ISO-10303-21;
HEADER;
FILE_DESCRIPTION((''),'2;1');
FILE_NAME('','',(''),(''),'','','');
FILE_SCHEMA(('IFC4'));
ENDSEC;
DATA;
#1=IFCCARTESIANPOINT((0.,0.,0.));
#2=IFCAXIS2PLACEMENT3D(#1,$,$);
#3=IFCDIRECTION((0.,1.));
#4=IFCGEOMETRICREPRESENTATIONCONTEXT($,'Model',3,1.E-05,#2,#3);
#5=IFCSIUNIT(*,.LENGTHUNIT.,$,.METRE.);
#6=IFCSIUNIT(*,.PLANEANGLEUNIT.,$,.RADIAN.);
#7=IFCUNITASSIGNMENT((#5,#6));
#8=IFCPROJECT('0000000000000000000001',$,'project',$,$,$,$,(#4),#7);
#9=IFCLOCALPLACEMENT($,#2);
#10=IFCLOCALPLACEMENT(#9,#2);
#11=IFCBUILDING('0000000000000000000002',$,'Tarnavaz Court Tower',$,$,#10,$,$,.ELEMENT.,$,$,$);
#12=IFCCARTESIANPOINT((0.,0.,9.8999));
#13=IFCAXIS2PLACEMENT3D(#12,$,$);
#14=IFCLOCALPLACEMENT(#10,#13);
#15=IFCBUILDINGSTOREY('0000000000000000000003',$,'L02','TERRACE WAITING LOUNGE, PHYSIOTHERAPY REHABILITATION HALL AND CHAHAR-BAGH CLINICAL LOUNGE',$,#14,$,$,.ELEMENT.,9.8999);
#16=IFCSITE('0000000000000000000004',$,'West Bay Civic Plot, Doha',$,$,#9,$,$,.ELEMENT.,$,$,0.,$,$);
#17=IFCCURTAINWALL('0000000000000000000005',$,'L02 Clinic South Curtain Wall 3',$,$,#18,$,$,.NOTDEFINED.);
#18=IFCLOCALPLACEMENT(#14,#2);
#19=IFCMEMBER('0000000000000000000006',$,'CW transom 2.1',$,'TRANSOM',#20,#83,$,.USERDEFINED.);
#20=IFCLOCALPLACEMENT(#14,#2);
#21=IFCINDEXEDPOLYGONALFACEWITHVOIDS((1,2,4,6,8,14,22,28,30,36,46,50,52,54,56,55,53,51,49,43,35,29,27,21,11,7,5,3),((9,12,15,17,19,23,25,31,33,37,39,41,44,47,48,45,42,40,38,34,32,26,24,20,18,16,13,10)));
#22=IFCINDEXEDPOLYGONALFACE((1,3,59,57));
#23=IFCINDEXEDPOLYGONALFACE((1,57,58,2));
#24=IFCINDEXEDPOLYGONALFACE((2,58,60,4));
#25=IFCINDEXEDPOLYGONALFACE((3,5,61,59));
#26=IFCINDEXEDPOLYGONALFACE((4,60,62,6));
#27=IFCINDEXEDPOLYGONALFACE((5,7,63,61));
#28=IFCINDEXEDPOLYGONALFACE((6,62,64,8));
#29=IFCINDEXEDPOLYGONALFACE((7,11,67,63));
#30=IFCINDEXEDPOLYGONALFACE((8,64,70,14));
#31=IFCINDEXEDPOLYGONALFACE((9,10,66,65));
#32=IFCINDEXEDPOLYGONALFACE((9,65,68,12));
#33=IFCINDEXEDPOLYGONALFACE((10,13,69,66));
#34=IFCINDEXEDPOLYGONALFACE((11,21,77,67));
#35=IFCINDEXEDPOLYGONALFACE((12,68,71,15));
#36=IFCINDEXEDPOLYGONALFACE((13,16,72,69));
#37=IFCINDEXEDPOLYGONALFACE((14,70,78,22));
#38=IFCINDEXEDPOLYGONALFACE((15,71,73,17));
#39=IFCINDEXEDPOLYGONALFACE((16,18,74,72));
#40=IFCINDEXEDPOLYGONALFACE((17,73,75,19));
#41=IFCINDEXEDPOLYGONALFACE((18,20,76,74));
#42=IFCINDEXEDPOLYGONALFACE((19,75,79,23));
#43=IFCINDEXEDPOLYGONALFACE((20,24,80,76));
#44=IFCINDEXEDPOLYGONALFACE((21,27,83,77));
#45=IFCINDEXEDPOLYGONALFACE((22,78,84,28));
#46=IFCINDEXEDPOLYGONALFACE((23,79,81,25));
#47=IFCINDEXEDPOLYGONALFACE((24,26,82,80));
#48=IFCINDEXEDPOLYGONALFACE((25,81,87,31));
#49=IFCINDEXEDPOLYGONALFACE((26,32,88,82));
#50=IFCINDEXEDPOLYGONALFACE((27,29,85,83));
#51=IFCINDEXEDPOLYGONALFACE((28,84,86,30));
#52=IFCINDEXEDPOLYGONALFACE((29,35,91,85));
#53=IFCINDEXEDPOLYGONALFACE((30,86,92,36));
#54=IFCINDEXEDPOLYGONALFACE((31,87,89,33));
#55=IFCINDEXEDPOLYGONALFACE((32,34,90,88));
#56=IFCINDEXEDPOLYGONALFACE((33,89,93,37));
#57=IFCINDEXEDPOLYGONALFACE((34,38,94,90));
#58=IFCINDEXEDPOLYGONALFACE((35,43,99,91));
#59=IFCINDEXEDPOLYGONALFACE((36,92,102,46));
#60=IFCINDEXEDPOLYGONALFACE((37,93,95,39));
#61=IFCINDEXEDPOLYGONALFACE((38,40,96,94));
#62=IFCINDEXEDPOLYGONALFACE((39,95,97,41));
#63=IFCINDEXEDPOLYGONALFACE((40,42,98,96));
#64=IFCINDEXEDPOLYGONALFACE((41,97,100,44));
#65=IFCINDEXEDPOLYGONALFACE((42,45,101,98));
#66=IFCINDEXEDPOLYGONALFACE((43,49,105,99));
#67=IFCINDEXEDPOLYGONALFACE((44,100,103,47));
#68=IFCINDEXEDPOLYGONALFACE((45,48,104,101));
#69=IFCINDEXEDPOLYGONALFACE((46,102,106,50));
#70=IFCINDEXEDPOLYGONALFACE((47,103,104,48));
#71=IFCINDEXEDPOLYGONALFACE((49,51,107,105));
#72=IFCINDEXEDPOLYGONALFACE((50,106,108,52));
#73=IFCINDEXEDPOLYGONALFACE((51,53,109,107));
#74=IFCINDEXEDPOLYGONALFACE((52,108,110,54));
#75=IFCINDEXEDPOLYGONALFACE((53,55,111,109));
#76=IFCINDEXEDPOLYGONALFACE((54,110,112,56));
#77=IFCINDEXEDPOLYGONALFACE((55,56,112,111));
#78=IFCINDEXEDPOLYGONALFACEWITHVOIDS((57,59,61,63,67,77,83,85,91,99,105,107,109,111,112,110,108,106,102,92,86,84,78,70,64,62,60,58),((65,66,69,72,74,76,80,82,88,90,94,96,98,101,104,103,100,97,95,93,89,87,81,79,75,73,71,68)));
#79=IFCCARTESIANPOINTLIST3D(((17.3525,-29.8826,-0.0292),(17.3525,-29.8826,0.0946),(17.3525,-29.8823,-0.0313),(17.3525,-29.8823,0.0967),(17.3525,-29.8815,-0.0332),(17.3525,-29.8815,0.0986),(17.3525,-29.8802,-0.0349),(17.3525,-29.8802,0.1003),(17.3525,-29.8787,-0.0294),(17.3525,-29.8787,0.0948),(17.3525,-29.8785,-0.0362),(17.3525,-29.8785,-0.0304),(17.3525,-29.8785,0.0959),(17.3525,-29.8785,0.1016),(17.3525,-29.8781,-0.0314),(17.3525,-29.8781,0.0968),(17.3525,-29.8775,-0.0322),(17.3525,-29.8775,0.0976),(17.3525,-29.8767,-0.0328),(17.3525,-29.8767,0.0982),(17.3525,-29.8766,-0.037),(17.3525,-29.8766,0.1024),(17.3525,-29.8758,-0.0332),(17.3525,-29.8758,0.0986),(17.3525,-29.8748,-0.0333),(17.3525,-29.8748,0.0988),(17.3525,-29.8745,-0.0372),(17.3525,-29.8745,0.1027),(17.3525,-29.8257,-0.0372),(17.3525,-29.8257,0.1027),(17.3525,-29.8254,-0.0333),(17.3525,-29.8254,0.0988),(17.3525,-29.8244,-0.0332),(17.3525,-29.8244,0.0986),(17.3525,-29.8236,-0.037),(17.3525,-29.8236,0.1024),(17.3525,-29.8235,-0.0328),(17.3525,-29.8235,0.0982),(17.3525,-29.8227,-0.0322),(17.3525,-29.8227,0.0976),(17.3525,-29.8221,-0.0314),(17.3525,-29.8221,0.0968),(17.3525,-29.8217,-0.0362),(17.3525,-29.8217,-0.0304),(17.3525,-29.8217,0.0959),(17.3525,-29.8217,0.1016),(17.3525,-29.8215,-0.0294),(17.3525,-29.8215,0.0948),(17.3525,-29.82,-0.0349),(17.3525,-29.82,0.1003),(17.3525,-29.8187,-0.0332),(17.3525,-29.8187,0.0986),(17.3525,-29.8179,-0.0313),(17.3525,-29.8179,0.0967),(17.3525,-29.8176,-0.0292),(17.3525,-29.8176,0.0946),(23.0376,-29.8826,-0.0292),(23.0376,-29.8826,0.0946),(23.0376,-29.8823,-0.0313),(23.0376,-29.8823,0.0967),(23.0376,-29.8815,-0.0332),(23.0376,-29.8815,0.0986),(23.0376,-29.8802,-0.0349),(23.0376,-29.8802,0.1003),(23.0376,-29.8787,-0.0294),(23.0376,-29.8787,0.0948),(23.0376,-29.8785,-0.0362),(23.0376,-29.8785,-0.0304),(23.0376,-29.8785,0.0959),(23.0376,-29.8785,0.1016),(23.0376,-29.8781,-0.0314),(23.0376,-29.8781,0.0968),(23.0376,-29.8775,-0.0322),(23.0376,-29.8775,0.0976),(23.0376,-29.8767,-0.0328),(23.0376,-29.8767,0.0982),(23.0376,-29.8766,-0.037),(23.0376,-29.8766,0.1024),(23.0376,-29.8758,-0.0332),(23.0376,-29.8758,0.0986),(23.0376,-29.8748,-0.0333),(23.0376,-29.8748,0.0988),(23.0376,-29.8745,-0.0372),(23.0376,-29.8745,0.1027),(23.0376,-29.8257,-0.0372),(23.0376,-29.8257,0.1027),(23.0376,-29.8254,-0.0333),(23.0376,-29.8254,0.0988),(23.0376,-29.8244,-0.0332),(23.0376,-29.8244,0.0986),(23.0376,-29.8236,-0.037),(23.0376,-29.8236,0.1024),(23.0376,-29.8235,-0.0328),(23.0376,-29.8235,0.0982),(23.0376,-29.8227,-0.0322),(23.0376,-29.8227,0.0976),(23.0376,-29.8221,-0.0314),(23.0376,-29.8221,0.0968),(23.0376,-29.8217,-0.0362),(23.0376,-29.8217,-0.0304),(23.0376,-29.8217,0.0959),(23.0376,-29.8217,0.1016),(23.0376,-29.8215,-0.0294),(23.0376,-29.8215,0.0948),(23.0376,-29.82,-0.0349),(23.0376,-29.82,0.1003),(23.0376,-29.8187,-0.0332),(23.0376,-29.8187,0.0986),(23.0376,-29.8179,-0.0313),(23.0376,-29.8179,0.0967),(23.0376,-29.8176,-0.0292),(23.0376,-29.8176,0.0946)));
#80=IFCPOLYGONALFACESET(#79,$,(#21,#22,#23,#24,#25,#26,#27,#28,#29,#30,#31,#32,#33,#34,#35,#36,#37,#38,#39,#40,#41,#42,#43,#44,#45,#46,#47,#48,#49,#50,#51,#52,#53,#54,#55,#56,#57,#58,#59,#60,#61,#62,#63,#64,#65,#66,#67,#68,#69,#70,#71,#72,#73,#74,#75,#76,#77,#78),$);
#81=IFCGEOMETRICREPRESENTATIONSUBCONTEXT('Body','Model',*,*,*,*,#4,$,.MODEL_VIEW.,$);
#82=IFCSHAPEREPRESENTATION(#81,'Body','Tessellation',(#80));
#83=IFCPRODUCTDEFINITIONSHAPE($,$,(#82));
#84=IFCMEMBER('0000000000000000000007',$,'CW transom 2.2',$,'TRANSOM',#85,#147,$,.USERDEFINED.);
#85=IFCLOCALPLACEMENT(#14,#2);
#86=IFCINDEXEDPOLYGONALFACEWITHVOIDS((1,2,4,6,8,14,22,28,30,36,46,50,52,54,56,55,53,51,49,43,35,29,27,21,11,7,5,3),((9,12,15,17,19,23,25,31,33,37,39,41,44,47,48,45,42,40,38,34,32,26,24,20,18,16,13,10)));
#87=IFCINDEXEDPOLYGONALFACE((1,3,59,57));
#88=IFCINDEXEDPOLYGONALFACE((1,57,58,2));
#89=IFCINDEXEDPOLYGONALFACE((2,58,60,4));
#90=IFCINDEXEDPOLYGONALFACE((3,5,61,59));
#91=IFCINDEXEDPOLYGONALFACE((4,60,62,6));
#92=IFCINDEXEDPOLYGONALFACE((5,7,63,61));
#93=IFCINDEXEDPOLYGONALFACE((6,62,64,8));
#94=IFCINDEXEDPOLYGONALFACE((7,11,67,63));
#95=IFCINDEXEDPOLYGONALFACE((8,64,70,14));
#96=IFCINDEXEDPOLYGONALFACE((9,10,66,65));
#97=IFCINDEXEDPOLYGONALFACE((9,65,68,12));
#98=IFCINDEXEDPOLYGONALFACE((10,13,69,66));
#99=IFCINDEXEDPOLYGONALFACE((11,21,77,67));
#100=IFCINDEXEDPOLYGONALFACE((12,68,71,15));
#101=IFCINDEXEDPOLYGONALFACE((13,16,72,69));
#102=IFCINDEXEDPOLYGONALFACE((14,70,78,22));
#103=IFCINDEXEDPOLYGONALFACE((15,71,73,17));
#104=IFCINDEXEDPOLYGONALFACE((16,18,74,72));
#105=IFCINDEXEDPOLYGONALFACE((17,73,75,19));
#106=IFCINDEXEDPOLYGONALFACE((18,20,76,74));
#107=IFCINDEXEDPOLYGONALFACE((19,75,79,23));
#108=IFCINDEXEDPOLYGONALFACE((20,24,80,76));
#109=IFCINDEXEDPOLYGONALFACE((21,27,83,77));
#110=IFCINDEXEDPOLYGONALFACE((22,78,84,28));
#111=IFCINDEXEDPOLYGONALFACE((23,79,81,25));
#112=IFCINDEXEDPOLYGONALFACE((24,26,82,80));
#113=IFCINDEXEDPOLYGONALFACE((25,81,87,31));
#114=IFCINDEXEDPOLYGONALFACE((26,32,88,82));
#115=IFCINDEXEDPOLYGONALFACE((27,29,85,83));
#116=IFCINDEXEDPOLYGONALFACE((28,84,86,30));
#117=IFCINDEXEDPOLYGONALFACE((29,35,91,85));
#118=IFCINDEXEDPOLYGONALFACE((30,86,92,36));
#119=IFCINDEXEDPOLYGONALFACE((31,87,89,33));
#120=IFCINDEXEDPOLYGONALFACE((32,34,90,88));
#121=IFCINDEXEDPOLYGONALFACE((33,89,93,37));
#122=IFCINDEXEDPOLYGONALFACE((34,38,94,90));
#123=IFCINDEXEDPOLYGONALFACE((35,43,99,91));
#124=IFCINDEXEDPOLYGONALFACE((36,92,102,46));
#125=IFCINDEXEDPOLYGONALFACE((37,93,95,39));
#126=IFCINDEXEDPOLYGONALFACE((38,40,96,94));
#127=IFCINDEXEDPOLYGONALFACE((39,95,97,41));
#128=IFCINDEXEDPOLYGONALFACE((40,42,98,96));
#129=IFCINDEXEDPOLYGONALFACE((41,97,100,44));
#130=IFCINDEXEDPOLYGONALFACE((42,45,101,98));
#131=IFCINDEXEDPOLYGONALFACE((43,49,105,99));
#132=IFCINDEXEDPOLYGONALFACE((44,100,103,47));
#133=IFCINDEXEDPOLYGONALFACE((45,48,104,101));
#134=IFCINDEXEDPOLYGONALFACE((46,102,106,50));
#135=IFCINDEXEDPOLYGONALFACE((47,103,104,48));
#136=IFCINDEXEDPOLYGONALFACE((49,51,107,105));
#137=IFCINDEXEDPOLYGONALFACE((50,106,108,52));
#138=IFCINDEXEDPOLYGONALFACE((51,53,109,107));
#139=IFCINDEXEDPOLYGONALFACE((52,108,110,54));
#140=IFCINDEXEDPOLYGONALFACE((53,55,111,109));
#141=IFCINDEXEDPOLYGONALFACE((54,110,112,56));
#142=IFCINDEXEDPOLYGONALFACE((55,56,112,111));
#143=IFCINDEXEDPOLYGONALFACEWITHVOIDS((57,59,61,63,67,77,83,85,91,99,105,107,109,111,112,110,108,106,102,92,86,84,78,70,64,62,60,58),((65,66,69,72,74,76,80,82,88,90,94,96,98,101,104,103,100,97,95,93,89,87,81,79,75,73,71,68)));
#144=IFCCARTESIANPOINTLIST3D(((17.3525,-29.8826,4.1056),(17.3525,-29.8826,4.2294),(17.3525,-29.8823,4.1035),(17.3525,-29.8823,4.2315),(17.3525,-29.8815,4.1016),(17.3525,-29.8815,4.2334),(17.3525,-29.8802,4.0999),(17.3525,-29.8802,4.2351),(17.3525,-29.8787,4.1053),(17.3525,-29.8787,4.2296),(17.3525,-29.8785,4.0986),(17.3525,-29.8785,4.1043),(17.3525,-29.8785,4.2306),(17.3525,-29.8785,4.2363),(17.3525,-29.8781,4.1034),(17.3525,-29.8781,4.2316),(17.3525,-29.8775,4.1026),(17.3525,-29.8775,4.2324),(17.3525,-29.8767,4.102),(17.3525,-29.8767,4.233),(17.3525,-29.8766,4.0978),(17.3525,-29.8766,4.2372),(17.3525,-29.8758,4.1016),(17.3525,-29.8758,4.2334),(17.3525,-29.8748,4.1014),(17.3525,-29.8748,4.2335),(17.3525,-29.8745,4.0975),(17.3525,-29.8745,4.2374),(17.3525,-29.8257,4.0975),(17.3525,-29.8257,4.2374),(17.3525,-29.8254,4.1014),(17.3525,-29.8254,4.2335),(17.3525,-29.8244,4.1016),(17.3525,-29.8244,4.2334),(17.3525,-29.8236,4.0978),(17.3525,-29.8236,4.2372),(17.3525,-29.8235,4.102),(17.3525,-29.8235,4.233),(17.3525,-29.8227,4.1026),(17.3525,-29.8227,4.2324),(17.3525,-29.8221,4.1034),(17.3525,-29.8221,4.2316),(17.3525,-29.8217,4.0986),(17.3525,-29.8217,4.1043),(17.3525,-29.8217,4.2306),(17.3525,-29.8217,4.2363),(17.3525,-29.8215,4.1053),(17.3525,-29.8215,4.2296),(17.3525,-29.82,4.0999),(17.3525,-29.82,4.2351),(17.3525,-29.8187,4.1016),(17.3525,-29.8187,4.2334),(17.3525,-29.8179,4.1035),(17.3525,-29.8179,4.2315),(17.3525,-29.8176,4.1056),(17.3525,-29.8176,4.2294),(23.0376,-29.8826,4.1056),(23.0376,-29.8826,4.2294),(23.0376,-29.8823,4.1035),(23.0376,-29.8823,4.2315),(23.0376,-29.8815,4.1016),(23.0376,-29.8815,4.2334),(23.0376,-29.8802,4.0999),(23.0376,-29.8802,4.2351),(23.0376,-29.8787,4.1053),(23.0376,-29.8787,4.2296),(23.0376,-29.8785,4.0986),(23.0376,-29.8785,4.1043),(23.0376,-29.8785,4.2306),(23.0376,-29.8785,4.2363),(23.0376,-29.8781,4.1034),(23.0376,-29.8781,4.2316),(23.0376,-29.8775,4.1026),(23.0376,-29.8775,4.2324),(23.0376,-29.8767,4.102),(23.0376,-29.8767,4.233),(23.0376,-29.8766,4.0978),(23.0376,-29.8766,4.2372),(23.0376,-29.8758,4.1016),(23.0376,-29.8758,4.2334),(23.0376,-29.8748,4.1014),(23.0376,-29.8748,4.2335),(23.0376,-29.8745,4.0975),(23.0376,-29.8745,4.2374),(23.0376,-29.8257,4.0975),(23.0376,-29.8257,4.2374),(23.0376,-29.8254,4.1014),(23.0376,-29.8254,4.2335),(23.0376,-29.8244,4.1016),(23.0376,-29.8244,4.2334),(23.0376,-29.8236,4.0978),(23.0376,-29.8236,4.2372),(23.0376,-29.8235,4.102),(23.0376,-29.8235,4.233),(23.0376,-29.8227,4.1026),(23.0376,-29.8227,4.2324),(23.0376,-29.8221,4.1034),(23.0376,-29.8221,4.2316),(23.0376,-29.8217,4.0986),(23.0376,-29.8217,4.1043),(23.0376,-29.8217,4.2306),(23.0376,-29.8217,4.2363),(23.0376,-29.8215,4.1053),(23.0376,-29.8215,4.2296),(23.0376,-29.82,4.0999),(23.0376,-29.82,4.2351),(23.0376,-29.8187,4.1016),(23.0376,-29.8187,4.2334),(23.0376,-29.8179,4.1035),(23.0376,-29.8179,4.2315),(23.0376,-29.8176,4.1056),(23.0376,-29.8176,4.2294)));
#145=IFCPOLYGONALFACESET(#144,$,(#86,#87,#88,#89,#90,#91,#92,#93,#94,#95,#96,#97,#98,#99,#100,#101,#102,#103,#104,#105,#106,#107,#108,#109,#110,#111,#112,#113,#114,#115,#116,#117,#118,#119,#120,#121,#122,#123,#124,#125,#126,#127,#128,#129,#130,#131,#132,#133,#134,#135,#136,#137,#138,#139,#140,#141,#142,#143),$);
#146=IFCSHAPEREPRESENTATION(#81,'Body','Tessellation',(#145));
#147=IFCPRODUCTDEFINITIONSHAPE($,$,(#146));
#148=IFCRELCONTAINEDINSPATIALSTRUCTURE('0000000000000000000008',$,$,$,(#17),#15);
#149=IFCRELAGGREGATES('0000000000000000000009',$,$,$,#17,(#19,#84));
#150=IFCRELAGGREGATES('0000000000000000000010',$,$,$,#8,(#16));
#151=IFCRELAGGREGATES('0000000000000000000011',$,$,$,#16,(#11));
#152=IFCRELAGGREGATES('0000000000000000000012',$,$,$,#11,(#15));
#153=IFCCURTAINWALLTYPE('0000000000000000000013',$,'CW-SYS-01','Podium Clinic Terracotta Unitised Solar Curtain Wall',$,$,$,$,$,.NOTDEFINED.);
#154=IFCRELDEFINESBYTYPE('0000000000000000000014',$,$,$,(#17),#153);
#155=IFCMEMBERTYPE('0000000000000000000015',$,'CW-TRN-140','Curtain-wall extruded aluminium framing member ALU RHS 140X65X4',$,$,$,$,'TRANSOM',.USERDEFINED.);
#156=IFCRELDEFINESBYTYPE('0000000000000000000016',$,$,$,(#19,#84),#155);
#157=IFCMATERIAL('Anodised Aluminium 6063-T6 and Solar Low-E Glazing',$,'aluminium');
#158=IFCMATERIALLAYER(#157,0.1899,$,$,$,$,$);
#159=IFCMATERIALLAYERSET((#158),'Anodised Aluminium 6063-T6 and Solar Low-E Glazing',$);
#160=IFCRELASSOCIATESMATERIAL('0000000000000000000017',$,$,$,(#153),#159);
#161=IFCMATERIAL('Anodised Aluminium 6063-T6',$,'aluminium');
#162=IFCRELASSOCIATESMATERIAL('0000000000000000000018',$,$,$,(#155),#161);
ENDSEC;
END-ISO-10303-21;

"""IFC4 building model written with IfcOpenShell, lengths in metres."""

from ifc_helpers import new_model, si_unit, direction, frame, origin, origin_2d, place, context, subcontext, project, spatial, hollow_rectangle, extrude, material, layer, layer_set, material_profile, profile_set, type_object, element, aggregate, save


model = new_model("IFC4")

# Units and contexts
model_context = context("Model", 3, precision=1e-05, world=origin(), true_north=direction((0.0, 1.0)))
body_context = subcontext(model_context, "Body", "Model", "MODEL_VIEW")
ifc_project = project(units=[si_unit("LENGTHUNIT", "METRE"), si_unit("PLANEANGLEUNIT", "RADIAN")], contexts=[model_context])

# Site, building, storey
site_placement = place(None, origin())
site = spatial("IfcSite", under=ifc_project, at=site_placement, Name="West Bay Civic Plot, Doha", CompositionType="ELEMENT", RefElevation=0.0)
building_placement = place(site_placement, origin())
building = spatial("IfcBuilding", under=site, at=building_placement, Name="Tarnavaz Court Tower", CompositionType="ELEMENT")
storey_placement = place(building_placement, frame((0.0, 0.0, 9.8999)))
storey = spatial("IfcBuildingStorey", under=building, at=storey_placement, Name="L02", Description="TERRACE WAITING LOUNGE, PHYSIOTHERAPY REHABILITATION HALL AND CHAHAR-BAGH CLINICAL LOUNGE", CompositionType="ELEMENT", Elevation=9.8999)

# Curtain wall, members
ifc_material_1 = material(Name="Anodised Aluminium 6063-T6 and Solar Low-E Glazing", Category="aluminium")
ifc_layer_1 = layer(ifc_material_1, 0.1899)
ifc_layer_set_1 = layer_set([ifc_layer_1], Name="Anodised Aluminium 6063-T6 and Solar Low-E Glazing")
curtain_wall_type = type_object("IfcCurtainWallType", Name="CW-SYS-01", Description="Podium Clinic Terracotta Unitised Solar Curtain Wall", PredefinedType="NOTDEFINED", material=ifc_layer_set_1)
curtain_wall_placement = place(storey_placement, origin())
curtain_wall = element("IfcCurtainWall", 1, at=curtain_wall_placement, inside=storey, type_object=curtain_wall_type, Name="L02 Clinic South Curtain Wall 3", PredefinedType="NOTDEFINED")
ifc_material_2 = material(Name="Anodised Aluminium 6063-T6", Category="aluminium")
ifc_material_profile_1 = material_profile(ifc_material_2, hollow_rectangle(XDim=0.0649, YDim=0.1399, WallThickness=0.0039, InnerFilletRadius=0.0039, OuterFilletRadius=0.0081, at=origin_2d()), Name="ALU RHS 140X65X4")
ifc_profile_set_1 = profile_set([ifc_material_profile_1], Name="Anodised Aluminium 6063-T6")
member_type_1 = type_object("IfcMemberType", Name="CW-TRN-140", Description="Curtain-wall extruded aluminium framing member ALU RHS 140X65X4", ElementType="TRANSOM", PredefinedType="USERDEFINED", material=ifc_profile_set_1)
member_1_placement = place(storey_placement, frame((23.0376, -29.8501, 0.0327), z_axis=(-1.0, 0.0, 0.0), x_axis=(0.0, -1.0, 0.0)))
member_1 = element("IfcMember", 2, at=member_1_placement, type_object=member_type_1, Name="CW transom 2.1", ObjectType="TRANSOM", PredefinedType="USERDEFINED", context=body_context, shape_type="SweptSolid", body=[
    extrude(hollow_rectangle(XDim=0.0649, YDim=0.1399, WallThickness=0.0039, InnerFilletRadius=0.0039, OuterFilletRadius=0.0081, at=origin_2d()), origin(), (0.0, 0.0, 1.0), 5.6851),
])
member_2_placement = place(storey_placement, frame((23.0376, -29.8501, 4.1675), z_axis=(-1.0, 0.0, 0.0), x_axis=(0.0, -1.0, 0.0)))
member_2 = element("IfcMember", 3, at=member_2_placement, type_object=member_type_1, Name="CW transom 2.2", ObjectType="TRANSOM", PredefinedType="USERDEFINED", context=body_context, shape_type="SweptSolid", body=[
    extrude(hollow_rectangle(XDim=0.0649, YDim=0.1399, WallThickness=0.0039, InnerFilletRadius=0.0039, OuterFilletRadius=0.0081, at=origin_2d()), origin(), (0.0, 0.0, 1.0), 5.6851),
])
aggregate(curtain_wall, [member_1, member_2])

save(model, "model.ifc")
